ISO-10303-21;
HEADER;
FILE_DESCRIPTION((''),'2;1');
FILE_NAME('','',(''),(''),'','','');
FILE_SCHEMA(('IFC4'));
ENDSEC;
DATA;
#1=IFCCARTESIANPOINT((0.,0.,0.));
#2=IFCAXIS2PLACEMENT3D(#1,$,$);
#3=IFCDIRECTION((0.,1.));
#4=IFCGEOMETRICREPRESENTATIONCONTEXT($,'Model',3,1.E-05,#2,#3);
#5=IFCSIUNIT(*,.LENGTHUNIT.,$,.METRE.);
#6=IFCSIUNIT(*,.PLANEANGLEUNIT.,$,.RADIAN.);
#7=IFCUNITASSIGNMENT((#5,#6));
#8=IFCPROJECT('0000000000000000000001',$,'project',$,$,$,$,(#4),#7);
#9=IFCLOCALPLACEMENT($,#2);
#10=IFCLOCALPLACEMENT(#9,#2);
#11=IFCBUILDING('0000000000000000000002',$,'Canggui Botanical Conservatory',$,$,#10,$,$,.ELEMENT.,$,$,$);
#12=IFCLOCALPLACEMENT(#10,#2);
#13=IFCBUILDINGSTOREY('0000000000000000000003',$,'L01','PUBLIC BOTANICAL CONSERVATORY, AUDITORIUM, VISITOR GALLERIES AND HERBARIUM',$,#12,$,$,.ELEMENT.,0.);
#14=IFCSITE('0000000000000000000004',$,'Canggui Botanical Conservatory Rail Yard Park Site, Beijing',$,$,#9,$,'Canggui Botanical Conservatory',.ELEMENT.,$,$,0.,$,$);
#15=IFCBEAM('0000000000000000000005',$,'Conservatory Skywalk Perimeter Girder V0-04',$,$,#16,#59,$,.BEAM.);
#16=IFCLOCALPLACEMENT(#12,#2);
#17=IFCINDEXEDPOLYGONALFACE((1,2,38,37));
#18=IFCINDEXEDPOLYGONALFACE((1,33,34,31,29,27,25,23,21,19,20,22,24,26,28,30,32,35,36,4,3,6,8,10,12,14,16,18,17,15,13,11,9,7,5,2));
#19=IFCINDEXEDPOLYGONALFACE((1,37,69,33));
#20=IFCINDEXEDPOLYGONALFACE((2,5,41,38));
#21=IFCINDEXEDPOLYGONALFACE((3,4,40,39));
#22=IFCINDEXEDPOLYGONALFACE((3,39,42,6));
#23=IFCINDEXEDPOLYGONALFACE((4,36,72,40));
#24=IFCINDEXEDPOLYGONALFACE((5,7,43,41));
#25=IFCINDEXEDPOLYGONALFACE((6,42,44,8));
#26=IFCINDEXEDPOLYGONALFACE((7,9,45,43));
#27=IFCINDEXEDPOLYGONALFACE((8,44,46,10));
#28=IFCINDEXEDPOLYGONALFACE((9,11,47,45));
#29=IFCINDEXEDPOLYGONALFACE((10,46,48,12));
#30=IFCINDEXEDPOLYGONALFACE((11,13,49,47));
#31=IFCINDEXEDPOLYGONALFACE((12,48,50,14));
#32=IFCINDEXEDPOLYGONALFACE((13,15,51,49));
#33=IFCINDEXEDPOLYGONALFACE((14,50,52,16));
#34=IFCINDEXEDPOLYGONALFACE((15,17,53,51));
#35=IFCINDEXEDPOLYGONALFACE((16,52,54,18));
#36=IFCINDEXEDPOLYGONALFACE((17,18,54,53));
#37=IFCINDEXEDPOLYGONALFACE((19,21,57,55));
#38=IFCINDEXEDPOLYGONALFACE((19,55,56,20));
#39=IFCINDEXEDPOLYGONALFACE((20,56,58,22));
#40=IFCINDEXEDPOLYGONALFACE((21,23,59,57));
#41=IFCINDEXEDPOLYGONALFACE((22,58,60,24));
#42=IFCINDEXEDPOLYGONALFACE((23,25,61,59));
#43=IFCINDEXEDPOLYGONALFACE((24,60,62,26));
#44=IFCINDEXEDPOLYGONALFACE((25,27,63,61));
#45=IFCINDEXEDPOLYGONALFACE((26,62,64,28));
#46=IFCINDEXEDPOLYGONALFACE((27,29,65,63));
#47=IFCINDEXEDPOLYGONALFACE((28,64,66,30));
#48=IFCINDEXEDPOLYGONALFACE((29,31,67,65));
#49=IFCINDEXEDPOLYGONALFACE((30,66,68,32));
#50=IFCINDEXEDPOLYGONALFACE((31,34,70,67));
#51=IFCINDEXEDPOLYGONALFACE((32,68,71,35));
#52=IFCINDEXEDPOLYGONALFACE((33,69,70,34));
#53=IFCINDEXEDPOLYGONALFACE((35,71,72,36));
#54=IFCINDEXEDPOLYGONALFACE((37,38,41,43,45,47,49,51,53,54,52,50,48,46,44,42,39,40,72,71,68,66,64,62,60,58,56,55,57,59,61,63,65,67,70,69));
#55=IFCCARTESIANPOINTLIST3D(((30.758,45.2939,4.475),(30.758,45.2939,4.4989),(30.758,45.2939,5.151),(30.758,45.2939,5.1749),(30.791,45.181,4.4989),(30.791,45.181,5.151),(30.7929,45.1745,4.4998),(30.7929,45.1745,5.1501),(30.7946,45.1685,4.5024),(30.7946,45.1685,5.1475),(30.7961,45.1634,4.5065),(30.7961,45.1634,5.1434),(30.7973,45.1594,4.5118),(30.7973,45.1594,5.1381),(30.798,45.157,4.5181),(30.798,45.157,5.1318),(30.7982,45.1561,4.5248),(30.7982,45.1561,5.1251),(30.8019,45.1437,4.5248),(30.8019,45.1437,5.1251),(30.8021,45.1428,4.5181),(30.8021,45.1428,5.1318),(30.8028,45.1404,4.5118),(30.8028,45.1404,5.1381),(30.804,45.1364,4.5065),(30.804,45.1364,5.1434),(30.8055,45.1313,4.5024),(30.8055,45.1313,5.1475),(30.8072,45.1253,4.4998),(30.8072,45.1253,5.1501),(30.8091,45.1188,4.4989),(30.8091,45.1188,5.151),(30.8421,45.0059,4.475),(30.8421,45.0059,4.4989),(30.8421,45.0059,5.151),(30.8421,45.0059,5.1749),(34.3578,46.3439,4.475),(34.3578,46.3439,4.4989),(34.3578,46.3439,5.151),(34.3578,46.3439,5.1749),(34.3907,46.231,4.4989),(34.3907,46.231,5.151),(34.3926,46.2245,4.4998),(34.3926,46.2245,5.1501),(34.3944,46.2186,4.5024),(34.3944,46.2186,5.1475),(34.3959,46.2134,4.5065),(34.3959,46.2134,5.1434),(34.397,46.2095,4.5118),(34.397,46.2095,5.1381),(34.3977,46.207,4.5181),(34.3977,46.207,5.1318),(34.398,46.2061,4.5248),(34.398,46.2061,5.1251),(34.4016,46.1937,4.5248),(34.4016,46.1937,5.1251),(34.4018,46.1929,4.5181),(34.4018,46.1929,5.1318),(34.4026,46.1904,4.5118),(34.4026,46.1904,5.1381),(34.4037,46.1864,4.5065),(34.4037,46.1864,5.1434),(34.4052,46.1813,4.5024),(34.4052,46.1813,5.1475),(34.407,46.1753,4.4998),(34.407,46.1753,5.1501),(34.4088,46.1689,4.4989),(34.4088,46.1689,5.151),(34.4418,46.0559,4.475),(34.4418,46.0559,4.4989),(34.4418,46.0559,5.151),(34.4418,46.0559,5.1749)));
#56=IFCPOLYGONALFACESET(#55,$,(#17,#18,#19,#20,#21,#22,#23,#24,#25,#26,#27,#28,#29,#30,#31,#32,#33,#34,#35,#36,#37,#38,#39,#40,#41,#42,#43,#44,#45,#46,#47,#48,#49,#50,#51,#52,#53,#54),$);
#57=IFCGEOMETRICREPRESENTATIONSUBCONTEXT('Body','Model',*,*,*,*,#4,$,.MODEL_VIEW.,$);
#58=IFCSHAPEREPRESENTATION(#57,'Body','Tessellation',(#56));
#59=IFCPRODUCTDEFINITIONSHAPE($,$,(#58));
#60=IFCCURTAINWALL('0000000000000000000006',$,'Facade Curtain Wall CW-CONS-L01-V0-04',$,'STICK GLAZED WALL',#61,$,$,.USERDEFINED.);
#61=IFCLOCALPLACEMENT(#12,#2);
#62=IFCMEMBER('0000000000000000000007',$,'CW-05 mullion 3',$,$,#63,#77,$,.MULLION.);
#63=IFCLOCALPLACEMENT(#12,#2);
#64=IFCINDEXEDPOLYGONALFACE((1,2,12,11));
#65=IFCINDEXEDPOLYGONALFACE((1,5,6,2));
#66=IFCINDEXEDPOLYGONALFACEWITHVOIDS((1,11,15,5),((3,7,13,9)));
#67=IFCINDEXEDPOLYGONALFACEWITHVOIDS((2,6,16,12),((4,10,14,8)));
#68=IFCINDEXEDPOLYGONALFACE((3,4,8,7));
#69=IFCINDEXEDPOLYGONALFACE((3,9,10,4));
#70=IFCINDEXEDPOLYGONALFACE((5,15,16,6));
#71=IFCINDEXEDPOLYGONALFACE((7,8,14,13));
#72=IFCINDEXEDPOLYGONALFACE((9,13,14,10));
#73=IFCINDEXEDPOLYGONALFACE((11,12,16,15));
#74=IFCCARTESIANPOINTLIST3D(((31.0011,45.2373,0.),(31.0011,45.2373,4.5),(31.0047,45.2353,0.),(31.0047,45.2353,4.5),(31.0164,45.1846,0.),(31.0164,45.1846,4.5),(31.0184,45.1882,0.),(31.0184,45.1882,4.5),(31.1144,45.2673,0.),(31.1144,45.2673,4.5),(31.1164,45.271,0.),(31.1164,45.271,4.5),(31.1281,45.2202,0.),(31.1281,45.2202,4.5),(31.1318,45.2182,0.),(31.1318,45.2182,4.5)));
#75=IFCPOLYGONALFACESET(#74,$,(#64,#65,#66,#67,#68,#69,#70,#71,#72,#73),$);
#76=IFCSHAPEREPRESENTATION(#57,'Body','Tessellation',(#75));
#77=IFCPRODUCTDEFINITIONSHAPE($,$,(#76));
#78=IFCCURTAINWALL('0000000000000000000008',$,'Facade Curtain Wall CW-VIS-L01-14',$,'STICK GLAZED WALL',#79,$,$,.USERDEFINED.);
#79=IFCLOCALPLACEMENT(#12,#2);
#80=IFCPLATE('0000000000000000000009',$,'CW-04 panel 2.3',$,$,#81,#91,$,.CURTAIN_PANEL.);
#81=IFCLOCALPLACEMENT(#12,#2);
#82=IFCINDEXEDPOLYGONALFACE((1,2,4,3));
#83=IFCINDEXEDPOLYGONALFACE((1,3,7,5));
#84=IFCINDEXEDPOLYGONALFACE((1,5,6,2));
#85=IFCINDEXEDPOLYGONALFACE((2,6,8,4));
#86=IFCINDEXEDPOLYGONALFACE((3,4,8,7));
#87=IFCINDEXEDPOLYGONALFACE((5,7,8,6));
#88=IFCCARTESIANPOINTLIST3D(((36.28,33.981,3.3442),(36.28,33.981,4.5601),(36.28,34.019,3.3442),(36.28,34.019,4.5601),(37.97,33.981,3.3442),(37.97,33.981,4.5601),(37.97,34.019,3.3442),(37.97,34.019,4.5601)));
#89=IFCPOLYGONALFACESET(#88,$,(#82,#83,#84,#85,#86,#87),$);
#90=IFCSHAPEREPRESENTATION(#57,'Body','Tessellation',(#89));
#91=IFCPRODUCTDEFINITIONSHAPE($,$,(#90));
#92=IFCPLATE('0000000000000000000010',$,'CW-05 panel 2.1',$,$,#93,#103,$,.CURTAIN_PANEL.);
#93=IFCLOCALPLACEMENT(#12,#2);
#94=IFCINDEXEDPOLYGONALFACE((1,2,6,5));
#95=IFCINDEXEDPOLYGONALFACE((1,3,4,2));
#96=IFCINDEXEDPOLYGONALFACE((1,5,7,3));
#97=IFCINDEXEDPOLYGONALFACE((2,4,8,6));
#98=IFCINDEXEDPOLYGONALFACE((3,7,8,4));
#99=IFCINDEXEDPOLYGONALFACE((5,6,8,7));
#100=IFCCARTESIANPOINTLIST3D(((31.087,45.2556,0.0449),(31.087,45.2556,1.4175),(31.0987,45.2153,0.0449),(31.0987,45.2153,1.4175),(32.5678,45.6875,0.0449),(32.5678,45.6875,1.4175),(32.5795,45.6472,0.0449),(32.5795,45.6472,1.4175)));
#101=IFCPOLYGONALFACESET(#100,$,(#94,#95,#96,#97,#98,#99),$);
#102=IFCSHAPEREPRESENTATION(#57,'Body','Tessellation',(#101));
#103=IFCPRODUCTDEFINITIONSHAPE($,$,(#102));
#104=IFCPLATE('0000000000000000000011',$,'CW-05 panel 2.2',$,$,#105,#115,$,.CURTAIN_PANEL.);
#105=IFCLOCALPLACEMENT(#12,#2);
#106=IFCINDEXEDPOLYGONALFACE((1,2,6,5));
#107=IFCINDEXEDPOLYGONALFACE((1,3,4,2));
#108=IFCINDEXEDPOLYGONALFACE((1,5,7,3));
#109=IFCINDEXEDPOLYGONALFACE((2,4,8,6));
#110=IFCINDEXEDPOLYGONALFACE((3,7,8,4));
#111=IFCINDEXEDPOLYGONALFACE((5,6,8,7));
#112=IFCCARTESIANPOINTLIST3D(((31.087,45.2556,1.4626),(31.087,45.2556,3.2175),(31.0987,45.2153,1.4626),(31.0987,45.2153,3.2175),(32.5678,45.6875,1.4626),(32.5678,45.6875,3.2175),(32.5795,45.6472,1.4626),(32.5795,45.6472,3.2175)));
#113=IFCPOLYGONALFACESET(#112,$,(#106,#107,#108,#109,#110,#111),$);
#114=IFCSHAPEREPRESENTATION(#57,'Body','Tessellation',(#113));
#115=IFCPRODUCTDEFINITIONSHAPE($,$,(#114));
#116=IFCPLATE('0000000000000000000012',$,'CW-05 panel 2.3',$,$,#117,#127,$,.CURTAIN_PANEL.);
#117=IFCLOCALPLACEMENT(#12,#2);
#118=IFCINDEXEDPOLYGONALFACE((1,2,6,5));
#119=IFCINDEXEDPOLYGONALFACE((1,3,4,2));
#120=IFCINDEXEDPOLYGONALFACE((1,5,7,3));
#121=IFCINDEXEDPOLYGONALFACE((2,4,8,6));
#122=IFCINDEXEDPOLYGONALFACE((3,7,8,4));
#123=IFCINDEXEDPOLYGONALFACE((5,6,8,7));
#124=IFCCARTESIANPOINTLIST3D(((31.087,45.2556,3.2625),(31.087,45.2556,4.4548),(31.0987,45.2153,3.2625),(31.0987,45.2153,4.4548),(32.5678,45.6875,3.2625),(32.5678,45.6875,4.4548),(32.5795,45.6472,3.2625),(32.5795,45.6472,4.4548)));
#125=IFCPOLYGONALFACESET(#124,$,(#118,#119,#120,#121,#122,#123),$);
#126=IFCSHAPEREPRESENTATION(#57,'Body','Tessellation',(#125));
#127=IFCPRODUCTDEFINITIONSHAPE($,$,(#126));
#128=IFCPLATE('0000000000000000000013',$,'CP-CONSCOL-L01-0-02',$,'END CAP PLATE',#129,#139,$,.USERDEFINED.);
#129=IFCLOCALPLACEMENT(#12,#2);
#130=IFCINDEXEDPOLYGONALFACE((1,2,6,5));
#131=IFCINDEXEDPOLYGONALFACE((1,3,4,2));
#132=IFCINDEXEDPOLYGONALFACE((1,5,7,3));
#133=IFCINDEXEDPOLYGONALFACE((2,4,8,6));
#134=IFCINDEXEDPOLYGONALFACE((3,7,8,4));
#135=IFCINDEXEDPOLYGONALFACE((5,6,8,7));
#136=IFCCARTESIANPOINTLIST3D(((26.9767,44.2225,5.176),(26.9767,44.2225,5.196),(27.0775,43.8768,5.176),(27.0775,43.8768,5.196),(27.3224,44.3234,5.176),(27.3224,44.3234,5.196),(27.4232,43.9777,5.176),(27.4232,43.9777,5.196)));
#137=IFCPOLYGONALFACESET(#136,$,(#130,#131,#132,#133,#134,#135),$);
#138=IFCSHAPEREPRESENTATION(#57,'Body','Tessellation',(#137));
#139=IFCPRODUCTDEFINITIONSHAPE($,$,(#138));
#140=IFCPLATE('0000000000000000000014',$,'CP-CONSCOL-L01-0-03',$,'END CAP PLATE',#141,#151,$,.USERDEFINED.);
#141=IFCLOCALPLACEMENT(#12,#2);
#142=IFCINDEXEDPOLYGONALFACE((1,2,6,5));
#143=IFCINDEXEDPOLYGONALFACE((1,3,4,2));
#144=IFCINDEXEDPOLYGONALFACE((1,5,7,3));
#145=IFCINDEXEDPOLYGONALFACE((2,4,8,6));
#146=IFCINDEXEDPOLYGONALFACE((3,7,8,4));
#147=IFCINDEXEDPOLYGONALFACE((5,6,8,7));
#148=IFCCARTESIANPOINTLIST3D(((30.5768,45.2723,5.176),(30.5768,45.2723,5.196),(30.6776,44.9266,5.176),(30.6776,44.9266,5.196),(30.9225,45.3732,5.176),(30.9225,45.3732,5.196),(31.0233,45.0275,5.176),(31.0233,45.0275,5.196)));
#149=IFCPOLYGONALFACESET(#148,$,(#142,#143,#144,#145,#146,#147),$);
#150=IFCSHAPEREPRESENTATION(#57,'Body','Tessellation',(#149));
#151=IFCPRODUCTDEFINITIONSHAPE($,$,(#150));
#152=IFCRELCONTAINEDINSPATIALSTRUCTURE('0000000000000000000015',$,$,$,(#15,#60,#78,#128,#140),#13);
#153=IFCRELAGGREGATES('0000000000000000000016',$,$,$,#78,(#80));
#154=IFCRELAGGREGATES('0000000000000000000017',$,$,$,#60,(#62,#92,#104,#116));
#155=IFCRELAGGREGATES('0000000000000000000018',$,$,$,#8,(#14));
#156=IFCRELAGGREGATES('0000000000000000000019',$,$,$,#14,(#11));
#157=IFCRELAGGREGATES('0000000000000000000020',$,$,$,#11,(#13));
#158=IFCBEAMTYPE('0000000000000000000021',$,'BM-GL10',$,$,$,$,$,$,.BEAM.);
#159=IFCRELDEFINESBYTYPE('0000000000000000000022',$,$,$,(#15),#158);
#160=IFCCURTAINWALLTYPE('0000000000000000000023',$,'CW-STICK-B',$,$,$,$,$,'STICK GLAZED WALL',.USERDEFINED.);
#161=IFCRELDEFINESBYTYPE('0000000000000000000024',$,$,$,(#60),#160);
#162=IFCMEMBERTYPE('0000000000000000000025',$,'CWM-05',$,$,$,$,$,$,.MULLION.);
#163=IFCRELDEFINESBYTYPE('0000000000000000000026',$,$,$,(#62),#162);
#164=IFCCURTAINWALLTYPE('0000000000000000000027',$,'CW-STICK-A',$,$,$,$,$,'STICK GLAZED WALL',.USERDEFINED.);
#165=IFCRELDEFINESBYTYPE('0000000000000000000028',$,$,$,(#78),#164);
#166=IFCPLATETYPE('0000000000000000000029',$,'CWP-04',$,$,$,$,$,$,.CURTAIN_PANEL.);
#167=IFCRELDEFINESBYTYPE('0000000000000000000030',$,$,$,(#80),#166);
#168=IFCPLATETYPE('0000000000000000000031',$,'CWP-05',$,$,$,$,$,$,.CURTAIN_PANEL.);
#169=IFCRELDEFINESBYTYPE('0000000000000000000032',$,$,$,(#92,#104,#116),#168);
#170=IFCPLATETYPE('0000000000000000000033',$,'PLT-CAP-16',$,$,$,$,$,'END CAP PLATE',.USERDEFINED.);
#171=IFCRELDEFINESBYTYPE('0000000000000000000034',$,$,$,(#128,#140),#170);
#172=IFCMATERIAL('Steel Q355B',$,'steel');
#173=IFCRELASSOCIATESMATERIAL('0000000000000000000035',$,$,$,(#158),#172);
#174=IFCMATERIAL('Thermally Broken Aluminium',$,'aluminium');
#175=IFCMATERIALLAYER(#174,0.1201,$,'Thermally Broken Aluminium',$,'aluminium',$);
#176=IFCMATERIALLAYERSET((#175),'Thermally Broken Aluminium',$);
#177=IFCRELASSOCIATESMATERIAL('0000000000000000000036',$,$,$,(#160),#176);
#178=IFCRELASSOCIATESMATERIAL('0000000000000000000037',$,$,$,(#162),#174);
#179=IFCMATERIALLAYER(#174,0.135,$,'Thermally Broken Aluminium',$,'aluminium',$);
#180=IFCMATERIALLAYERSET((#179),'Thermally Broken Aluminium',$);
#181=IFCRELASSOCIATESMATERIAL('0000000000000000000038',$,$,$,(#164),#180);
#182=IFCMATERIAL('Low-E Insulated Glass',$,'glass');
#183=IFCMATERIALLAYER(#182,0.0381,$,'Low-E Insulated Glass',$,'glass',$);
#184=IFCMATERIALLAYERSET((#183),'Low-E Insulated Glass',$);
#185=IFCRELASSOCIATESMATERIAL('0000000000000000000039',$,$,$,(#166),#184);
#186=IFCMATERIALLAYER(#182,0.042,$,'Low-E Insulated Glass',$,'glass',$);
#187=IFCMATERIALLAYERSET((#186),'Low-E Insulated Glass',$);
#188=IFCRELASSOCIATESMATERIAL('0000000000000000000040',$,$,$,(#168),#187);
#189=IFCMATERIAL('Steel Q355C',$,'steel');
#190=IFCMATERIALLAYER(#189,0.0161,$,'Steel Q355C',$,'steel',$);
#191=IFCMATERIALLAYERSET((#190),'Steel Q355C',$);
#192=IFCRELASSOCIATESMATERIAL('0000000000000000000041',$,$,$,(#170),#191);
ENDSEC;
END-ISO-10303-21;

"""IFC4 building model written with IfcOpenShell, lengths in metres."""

from ifc_helpers import new_model, si_unit, direction, frame, origin, origin_2d, place, context, subcontext, project, spatial, rectangle, hollow_rectangle, i_section, extrude, material, layer, layer_set, material_profile, profile_set, type_object, element, aggregate, save


model = new_model("IFC4")

# Units and contexts
model_context = context("Model", 3, precision=1e-05, world=origin(), true_north=direction((0.0, 1.0)))
body_context = subcontext(model_context, "Body", "Model", "MODEL_VIEW")
ifc_project = project(units=[si_unit("LENGTHUNIT", "METRE"), si_unit("PLANEANGLEUNIT", "RADIAN")], contexts=[model_context])

# Site, building, storey
site_placement = place(None, origin())
site = spatial("IfcSite", under=ifc_project, at=site_placement, Name="Canggui Botanical Conservatory Rail Yard Park Site, Beijing", LongName="Canggui Botanical Conservatory", CompositionType="ELEMENT", RefElevation=0.0)
building_placement = place(site_placement, origin())
building = spatial("IfcBuilding", under=site, at=building_placement, Name="Canggui Botanical Conservatory", CompositionType="ELEMENT")
storey_placement = place(building_placement, origin())
storey = spatial("IfcBuildingStorey", under=building, at=storey_placement, Name="L01", Description="PUBLIC BOTANICAL CONSERVATORY, AUDITORIUM, VISITOR GALLERIES AND HERBARIUM", CompositionType="ELEMENT", Elevation=0.0)

# Shared definitions
ifc_material_1 = material(Name="Steel Q355C", Category="steel")
ifc_material_2 = material(Name="Steel Q355B", Category="steel")

# Beam
ifc_material_profile_1 = material_profile(ifc_material_2, i_section(OverallWidth=0.3, OverallDepth=0.7, WebThickness=0.0129, FlangeThickness=0.0239, FilletRadius=0.0259, at=origin_2d()), Name="HN 700x300x13x24")
ifc_profile_set_1 = profile_set([ifc_material_profile_1], Name="Steel Q355B")
beam_type_1 = type_object("IfcBeamType", Name="BM-GL10", PredefinedType="BEAM", material=ifc_profile_set_1)
beam_1_placement = place(storey_placement, frame((30.8, 45.1499, 4.825), z_axis=(0.959993, 0.280023, 0.0), x_axis=(-0.280023, 0.959993, 0.0)))
element("IfcBeam", 1, at=beam_1_placement, inside=storey, type_object=beam_type_1, Name="Conservatory Skywalk Perimeter Girder V0-04", PredefinedType="BEAM", context=body_context, shape_type="SweptSolid", body=[
    extrude(i_section(OverallWidth=0.3, OverallDepth=0.7, WebThickness=0.0129, FlangeThickness=0.0239, FilletRadius=0.0259, at=origin_2d()), origin(), (0.0, 0.0, 1.0), 3.7498),
])

# Curtain wall, member
ifc_material_3 = material(Name="Thermally Broken Aluminium", Category="aluminium")
ifc_layer_1 = layer(ifc_material_3, 0.1201, Name="Thermally Broken Aluminium", Category="aluminium")
ifc_layer_set_1 = layer_set([ifc_layer_1], Name="Thermally Broken Aluminium")
curtain_wall_type_1 = type_object("IfcCurtainWallType", Name="CW-STICK-B", ElementType="STICK GLAZED WALL", PredefinedType="USERDEFINED", material=ifc_layer_set_1)
curtain_wall_1_placement = place(storey_placement, origin())
curtain_wall_1 = element("IfcCurtainWall", 2, at=curtain_wall_1_placement, inside=storey, type_object=curtain_wall_type_1, Name="Facade Curtain Wall CW-CONS-L01-V0-04", ObjectType="STICK GLAZED WALL", PredefinedType="USERDEFINED")
ifc_material_profile_2 = material_profile(ifc_material_3, hollow_rectangle(XDim=0.0549, YDim=0.1201, WallThickness=0.0029, at=origin_2d()), Name="CWM 55x120x3")
ifc_profile_set_2 = profile_set([ifc_material_profile_2], Name="Thermally Broken Aluminium")
member_type = type_object("IfcMemberType", Name="CWM-05", PredefinedType="MULLION", material=ifc_profile_set_2)
member_placement = place(storey_placement, frame((31.0664, 45.2278, 0.0), z_axis=(0.0, 0.0, 1.0), x_axis=(0.28, -0.96, 0.0)))
member = element("IfcMember", 3, at=member_placement, type_object=member_type, Name="CW-05 mullion 3", PredefinedType="MULLION", context=body_context, shape_type="SweptSolid", body=[
    extrude(hollow_rectangle(XDim=0.0549, YDim=0.1201, WallThickness=0.0029, at=origin_2d()), origin(), (0.0, 0.0, 1.0), 4.5),
])

# Curtain wall, plate
ifc_layer_2 = layer(ifc_material_3, 0.135, Name="Thermally Broken Aluminium", Category="aluminium")
ifc_layer_set_2 = layer_set([ifc_layer_2], Name="Thermally Broken Aluminium")
curtain_wall_type_2 = type_object("IfcCurtainWallType", Name="CW-STICK-A", ElementType="STICK GLAZED WALL", PredefinedType="USERDEFINED", material=ifc_layer_set_2)
curtain_wall_2_placement = place(storey_placement, origin())
curtain_wall_2 = element("IfcCurtainWall", 4, at=curtain_wall_2_placement, inside=storey, type_object=curtain_wall_type_2, Name="Facade Curtain Wall CW-VIS-L01-14", ObjectType="STICK GLAZED WALL", PredefinedType="USERDEFINED")
ifc_material_4 = material(Name="Low-E Insulated Glass", Category="glass")
ifc_layer_3 = layer(ifc_material_4, 0.0381, Name="Low-E Insulated Glass", Category="glass")
ifc_layer_set_3 = layer_set([ifc_layer_3], Name="Low-E Insulated Glass")
plate_type_1 = type_object("IfcPlateType", Name="CWP-04", PredefinedType="CURTAIN_PANEL", material=ifc_layer_set_3)
plate_1_placement = place(storey_placement, frame((37.125, 34.0, 3.3442), z_axis=(0.0, 0.0, 1.0), x_axis=(1.0, 0.0, 0.0)))
plate_1 = element("IfcPlate", 5, at=plate_1_placement, type_object=plate_type_1, Name="CW-04 panel 2.3", PredefinedType="CURTAIN_PANEL", context=body_context, shape_type="SweptSolid", body=[
    extrude(rectangle(XDim=1.6899, YDim=0.0381, at=origin_2d()), origin(), (0.0, 0.0, 1.0), 1.2158),
])
aggregate(curtain_wall_2, [plate_1])

# Plates
ifc_layer_4 = layer(ifc_material_4, 0.042, Name="Low-E Insulated Glass", Category="glass")
ifc_layer_set_4 = layer_set([ifc_layer_4], Name="Low-E Insulated Glass")
plate_type_2 = type_object("IfcPlateType", Name="CWP-05", PredefinedType="CURTAIN_PANEL", material=ifc_layer_set_4)
plate_2_placement = place(storey_placement, frame((31.8333, 45.4514, 0.0449), z_axis=(0.0, 0.0, 1.0), x_axis=(-0.96, -0.28, 0.0)))
plate_2 = element("IfcPlate", 6, at=plate_2_placement, type_object=plate_type_2, Name="CW-05 panel 2.1", PredefinedType="CURTAIN_PANEL", context=body_context, shape_type="SweptSolid", body=[
    extrude(rectangle(XDim=1.5425, YDim=0.042, at=origin_2d()), origin(), (0.0, 0.0, 1.0), 1.3726),
])
plate_3_placement = place(storey_placement, frame((31.8333, 45.4514, 1.4626), z_axis=(0.0, 0.0, 1.0), x_axis=(-0.96, -0.28, 0.0)))
plate_3 = element("IfcPlate", 7, at=plate_3_placement, type_object=plate_type_2, Name="CW-05 panel 2.2", PredefinedType="CURTAIN_PANEL", context=body_context, shape_type="SweptSolid", body=[
    extrude(rectangle(XDim=1.5425, YDim=0.042, at=origin_2d()), origin(), (0.0, 0.0, 1.0), 1.7549),
])
plate_4_placement = place(storey_placement, frame((31.8333, 45.4514, 3.2625), z_axis=(0.0, 0.0, 1.0), x_axis=(-0.96, -0.28, 0.0)))
plate_4 = element("IfcPlate", 8, at=plate_4_placement, type_object=plate_type_2, Name="CW-05 panel 2.3", PredefinedType="CURTAIN_PANEL", context=body_context, shape_type="SweptSolid", body=[
    extrude(rectangle(XDim=1.5425, YDim=0.042, at=origin_2d()), origin(), (0.0, 0.0, 1.0), 1.1924),
])
aggregate(curtain_wall_1, [member, plate_2, plate_3, plate_4])

# Plates
ifc_layer_5 = layer(ifc_material_1, 0.0161, Name="Steel Q355C", Category="steel")
ifc_layer_set_5 = layer_set([ifc_layer_5], Name="Steel Q355C")
plate_type_3 = type_object("IfcPlateType", Name="PLT-CAP-16", ElementType="END CAP PLATE", PredefinedType="USERDEFINED", material=ifc_layer_set_5)
for number, where, z_axis, x_axis, name in (
    (9, (27.2, 44.1001, 5.176), (0.0, 0.0, 1.0), (0.96, 0.28, 0.0), "CP-CONSCOL-L01-0-02"),
    (10, (30.8, 45.1499, 5.176), (0.0, 0.0, 1.0), (0.96, 0.28, 0.0), "CP-CONSCOL-L01-0-03"),
):
    element("IfcPlate", number, at=place(storey_placement, frame(where, z_axis=z_axis, x_axis=x_axis)), inside=storey, type_object=plate_type_3, Name=name, ObjectType="END CAP PLATE", PredefinedType="USERDEFINED", context=body_context, shape_type="SweptSolid", body=[
        extrude(rectangle(XDim=0.3601, YDim=0.3601, at=origin_2d()), origin(), (0.0, 0.0, 1.0), 0.02),
    ])

save(model, "model.ifc")
